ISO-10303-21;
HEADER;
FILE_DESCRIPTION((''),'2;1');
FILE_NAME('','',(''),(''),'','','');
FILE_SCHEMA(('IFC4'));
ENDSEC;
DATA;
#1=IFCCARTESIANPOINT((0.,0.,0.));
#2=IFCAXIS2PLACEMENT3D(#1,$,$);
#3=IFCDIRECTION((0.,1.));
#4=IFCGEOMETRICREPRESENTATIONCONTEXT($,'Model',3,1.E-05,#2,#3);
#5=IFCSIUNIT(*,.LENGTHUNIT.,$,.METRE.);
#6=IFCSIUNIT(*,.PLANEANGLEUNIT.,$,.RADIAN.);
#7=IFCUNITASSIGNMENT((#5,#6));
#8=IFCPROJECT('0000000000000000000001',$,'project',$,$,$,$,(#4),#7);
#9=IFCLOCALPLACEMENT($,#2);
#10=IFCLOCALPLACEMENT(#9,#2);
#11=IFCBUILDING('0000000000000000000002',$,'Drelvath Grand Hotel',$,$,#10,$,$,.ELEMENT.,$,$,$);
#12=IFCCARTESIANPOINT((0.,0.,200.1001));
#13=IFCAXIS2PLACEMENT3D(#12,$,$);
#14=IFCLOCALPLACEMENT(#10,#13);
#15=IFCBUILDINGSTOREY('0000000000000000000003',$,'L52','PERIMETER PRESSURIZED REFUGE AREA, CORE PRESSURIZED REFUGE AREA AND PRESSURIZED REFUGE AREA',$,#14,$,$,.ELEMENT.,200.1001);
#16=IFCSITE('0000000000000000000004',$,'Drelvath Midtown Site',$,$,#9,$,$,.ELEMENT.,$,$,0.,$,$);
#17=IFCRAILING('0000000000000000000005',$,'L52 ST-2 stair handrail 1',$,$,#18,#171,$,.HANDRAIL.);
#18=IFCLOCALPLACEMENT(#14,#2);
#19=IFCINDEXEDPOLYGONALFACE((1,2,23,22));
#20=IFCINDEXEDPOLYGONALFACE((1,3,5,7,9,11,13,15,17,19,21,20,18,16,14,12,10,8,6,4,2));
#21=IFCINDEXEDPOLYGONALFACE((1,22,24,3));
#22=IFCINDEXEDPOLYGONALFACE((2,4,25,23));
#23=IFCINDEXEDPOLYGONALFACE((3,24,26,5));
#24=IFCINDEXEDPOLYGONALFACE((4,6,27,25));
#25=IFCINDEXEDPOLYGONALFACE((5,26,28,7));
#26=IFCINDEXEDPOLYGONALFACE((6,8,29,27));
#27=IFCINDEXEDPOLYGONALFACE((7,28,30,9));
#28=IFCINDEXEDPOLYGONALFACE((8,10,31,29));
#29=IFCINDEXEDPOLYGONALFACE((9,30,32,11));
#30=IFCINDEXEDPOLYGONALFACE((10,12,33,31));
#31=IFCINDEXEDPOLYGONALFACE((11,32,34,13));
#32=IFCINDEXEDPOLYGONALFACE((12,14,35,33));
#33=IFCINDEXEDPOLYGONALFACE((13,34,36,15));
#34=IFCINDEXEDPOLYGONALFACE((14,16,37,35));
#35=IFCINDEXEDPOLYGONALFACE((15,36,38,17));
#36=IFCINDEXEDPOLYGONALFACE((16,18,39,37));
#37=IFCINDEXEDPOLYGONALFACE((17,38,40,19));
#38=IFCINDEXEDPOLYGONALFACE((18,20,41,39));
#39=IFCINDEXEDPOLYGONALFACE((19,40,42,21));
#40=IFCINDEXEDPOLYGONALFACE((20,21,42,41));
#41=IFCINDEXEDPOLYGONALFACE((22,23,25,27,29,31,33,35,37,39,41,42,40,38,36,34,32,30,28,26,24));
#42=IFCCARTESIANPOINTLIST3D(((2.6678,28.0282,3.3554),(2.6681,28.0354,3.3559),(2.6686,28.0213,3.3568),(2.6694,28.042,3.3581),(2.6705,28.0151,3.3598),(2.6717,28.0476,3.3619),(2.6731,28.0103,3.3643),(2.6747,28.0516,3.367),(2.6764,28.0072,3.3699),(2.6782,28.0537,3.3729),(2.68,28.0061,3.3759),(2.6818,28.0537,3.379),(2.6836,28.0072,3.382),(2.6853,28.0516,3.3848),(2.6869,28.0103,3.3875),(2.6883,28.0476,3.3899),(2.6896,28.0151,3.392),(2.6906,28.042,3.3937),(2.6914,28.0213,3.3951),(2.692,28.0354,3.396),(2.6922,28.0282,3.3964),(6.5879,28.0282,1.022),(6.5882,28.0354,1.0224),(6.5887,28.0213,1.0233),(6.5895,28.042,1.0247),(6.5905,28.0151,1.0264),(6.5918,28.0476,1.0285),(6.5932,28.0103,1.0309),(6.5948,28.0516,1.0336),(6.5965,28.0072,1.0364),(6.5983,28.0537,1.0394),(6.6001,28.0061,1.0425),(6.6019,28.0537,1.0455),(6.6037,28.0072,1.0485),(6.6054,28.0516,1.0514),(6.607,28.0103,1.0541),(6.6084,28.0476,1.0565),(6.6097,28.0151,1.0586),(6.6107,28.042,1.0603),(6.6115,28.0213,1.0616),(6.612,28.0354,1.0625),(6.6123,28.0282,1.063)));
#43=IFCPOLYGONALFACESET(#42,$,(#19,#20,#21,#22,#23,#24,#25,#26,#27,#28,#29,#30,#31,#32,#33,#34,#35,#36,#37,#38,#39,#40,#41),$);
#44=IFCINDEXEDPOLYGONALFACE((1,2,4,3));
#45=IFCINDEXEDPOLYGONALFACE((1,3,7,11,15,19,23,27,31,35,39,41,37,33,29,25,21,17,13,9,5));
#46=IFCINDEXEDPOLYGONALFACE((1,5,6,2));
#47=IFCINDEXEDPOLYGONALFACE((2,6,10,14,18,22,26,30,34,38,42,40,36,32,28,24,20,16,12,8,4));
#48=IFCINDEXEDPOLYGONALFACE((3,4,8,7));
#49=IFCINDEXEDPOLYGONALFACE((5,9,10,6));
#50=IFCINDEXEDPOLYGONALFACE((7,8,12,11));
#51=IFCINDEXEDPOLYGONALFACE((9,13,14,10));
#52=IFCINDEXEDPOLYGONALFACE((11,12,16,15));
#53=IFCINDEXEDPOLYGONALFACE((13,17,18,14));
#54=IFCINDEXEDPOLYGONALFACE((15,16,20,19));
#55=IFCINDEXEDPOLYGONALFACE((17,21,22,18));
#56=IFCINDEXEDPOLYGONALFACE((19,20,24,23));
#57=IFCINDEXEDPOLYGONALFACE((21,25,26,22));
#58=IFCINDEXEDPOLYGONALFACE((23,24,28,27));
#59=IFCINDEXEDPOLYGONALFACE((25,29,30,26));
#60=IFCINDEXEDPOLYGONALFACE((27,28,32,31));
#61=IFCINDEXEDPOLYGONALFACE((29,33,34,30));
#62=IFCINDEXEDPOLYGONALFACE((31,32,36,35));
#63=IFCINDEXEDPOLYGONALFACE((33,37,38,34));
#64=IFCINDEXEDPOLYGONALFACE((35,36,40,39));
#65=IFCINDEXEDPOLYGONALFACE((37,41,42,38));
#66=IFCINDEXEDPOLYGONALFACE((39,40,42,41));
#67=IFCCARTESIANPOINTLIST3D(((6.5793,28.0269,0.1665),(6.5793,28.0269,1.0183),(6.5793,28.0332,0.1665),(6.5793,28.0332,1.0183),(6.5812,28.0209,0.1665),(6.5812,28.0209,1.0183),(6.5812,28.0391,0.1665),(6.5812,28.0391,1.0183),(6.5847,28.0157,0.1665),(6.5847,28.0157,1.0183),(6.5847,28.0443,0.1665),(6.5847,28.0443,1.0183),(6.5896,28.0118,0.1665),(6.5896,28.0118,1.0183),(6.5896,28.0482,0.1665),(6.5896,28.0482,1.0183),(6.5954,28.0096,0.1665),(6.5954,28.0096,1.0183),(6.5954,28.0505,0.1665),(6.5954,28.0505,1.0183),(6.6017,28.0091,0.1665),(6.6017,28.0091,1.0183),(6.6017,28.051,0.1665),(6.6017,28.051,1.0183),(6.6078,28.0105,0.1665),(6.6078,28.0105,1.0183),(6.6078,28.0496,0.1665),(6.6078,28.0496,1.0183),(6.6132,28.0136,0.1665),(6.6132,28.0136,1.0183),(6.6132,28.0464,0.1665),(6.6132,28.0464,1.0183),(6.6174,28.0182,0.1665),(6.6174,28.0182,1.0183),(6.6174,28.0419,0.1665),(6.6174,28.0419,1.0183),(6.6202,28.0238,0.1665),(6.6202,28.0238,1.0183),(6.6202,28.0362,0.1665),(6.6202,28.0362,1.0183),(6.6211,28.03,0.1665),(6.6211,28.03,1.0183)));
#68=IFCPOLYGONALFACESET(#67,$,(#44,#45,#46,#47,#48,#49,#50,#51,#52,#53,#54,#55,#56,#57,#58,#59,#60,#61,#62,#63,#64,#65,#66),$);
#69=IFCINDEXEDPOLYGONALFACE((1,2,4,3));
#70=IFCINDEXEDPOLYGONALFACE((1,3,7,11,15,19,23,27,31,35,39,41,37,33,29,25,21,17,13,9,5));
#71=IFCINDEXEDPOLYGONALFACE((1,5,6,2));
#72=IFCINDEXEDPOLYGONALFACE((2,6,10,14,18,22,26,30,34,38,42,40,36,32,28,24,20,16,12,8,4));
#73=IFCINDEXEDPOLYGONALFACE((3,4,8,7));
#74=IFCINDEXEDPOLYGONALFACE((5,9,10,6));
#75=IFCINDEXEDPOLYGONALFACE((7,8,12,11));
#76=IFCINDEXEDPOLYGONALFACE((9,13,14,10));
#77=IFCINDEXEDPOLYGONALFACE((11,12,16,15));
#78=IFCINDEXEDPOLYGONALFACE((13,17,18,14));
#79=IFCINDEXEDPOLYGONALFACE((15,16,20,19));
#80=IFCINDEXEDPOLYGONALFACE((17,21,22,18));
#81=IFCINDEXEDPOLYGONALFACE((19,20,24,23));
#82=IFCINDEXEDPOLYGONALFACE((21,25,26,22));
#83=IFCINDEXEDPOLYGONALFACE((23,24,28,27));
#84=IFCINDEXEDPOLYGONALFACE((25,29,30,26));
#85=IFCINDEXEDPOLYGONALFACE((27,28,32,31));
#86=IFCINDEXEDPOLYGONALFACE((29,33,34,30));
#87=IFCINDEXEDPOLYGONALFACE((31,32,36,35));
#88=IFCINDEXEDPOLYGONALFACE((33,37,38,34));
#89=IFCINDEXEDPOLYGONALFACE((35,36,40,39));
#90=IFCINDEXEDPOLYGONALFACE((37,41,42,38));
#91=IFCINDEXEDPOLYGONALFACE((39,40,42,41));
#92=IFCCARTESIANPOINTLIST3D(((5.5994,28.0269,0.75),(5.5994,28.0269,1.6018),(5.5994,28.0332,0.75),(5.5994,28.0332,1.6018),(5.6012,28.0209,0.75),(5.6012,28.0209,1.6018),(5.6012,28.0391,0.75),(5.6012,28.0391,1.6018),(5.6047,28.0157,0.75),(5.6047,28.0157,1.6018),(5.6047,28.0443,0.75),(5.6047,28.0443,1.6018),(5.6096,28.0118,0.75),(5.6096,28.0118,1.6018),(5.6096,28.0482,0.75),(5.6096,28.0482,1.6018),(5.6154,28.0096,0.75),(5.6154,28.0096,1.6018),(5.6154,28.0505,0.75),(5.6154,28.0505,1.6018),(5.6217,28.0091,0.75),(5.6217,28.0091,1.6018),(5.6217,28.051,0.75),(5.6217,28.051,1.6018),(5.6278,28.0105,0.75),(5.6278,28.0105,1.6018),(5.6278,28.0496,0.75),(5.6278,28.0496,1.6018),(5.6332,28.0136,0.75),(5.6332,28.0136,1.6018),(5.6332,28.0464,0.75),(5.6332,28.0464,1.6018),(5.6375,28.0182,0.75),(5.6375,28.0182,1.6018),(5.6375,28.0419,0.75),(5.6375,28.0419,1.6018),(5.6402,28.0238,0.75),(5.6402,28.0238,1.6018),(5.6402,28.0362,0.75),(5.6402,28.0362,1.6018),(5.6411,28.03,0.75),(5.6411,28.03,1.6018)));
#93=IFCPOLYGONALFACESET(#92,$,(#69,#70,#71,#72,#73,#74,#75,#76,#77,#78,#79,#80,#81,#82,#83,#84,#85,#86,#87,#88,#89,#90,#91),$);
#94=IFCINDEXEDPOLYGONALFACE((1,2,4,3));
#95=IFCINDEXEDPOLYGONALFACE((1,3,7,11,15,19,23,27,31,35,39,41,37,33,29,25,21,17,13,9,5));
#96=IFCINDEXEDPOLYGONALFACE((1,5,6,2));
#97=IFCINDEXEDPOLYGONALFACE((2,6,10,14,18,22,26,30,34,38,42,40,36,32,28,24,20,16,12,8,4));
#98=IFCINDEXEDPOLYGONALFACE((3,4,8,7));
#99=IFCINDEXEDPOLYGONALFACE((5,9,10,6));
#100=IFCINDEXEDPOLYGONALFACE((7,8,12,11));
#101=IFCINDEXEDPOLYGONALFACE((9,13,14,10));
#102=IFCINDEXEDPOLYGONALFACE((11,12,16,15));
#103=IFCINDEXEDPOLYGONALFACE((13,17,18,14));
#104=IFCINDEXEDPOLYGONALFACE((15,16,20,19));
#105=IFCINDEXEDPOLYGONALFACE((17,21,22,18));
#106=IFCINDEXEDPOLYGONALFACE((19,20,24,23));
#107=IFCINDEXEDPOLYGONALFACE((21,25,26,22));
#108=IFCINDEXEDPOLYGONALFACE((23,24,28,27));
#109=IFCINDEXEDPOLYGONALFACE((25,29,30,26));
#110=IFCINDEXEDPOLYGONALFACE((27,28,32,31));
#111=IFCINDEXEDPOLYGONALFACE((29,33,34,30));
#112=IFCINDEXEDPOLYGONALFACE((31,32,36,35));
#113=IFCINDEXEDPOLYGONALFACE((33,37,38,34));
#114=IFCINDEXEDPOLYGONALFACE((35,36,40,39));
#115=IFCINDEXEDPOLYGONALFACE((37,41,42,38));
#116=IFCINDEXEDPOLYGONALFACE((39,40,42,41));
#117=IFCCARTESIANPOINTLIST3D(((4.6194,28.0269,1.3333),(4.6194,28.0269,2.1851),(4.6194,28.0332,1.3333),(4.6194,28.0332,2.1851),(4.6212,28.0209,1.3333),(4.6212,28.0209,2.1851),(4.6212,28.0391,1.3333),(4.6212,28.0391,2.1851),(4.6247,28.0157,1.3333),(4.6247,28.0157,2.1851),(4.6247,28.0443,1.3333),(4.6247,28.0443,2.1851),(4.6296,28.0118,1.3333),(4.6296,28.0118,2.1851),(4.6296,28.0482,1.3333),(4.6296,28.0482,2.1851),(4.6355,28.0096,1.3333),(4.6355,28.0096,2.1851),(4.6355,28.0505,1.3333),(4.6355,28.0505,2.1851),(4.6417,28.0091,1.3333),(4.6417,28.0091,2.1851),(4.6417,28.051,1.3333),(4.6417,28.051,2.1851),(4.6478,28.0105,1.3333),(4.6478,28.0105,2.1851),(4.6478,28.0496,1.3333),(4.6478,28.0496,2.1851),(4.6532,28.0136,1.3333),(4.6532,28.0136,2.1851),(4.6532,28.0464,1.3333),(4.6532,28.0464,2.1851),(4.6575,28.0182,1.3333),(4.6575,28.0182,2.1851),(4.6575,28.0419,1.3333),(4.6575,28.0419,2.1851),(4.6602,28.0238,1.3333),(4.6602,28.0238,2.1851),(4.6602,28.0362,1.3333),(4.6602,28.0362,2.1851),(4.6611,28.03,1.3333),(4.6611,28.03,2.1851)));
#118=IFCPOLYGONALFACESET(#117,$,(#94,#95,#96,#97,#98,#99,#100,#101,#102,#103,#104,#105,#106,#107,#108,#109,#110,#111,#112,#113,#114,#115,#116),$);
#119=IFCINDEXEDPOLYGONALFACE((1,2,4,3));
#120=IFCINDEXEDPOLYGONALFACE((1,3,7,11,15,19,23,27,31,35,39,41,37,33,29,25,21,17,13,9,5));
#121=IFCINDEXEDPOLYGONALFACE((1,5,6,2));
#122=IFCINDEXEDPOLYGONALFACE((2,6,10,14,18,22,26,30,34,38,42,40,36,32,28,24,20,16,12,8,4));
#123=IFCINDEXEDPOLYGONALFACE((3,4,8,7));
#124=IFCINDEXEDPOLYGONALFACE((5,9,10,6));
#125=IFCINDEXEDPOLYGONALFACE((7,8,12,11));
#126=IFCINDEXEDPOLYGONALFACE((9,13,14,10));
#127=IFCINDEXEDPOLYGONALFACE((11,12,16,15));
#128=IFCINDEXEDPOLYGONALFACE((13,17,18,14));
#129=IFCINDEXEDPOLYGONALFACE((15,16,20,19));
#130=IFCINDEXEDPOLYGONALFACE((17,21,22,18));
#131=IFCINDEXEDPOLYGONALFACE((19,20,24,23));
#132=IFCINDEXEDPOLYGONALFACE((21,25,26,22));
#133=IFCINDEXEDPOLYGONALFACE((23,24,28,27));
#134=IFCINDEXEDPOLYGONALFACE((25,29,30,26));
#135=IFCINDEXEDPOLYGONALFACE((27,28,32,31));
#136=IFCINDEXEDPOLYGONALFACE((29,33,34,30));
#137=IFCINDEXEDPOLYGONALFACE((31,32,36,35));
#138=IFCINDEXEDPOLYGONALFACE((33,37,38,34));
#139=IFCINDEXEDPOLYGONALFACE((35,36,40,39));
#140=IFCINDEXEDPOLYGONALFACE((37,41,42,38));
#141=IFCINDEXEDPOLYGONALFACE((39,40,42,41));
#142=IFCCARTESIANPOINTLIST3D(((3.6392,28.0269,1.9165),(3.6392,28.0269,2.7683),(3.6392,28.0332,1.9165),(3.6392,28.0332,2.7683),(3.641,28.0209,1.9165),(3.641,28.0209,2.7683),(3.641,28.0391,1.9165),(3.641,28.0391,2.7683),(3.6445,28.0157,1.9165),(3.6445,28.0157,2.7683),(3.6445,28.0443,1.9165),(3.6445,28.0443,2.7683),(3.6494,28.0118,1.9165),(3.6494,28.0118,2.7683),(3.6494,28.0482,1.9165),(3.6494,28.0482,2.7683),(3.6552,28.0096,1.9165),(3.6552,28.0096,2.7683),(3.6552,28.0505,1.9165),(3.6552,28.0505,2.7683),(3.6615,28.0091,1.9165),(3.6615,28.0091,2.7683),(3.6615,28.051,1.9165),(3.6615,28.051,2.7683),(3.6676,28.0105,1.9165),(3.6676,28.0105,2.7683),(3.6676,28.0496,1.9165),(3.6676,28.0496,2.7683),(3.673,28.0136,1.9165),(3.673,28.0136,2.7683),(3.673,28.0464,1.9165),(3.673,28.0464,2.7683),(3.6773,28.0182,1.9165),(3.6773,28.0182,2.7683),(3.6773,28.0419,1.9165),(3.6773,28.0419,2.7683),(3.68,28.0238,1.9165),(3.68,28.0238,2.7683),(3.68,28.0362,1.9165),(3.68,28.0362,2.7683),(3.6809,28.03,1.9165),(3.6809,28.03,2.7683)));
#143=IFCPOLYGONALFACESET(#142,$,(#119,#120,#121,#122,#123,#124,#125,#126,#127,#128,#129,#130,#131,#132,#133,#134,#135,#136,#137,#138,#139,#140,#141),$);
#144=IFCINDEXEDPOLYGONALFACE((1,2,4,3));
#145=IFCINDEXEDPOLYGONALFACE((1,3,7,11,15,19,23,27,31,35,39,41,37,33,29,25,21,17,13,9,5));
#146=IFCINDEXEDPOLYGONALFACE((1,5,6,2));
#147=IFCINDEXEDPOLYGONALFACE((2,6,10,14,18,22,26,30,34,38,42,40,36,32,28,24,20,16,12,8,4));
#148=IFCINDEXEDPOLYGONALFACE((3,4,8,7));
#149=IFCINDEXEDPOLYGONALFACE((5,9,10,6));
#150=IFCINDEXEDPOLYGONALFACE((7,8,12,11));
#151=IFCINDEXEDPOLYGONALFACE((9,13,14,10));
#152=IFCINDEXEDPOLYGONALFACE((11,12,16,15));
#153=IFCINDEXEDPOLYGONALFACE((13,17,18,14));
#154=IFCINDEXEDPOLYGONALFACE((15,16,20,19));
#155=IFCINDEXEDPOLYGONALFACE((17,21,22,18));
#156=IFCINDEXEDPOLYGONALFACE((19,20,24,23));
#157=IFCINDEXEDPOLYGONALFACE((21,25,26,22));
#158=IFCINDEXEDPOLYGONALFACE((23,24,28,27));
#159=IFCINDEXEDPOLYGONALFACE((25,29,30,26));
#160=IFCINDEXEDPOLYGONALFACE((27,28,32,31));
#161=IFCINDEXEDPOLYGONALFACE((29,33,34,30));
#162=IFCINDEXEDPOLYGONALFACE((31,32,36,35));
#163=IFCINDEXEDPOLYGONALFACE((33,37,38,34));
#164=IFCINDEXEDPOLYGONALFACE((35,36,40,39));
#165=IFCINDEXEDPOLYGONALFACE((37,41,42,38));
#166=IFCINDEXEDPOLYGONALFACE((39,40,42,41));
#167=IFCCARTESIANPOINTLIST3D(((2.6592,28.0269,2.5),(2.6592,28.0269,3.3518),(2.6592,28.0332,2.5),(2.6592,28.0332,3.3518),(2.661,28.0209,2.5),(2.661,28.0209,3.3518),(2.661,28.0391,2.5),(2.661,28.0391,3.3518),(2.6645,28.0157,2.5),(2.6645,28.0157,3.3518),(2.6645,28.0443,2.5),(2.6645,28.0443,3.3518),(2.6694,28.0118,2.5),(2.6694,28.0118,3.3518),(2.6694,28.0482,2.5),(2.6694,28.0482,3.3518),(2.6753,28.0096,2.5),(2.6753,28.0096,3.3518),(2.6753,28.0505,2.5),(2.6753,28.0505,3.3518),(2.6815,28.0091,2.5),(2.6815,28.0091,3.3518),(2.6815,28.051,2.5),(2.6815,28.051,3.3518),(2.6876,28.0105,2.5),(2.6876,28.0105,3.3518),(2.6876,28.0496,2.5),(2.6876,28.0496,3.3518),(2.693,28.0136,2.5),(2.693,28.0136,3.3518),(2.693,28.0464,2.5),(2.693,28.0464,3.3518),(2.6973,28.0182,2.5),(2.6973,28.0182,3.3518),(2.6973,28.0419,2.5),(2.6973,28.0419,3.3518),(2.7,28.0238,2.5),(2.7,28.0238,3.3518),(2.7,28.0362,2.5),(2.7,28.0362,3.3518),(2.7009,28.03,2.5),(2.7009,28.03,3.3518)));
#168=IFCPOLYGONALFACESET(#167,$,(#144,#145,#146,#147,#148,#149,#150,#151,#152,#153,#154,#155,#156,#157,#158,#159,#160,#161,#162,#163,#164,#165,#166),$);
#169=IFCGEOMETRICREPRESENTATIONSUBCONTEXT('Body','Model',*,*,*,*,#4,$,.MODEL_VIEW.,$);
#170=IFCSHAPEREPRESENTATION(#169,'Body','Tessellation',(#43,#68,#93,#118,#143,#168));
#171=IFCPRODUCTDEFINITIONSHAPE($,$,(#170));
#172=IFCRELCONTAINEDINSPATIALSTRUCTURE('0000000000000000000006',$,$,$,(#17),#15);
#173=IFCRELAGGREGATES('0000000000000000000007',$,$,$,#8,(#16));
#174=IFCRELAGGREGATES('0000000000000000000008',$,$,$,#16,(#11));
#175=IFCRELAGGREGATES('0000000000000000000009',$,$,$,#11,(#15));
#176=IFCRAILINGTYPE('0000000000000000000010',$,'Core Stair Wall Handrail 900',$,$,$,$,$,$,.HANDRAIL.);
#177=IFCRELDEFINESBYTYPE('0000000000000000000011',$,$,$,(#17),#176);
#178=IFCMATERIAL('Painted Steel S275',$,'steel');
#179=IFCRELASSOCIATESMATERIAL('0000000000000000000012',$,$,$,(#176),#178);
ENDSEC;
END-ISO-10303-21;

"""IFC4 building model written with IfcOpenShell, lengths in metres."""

from ifc_helpers import new_model, si_unit, direction, frame, origin, origin_2d, place, context, subcontext, project, spatial, circle, extrude, material, type_object, element, save


model = new_model("IFC4")

# Units and contexts
model_context = context("Model", 3, precision=1e-05, world=origin(), true_north=direction((0.0, 1.0)))
body_context = subcontext(model_context, "Body", "Model", "MODEL_VIEW")
ifc_project = project(units=[si_unit("LENGTHUNIT", "METRE"), si_unit("PLANEANGLEUNIT", "RADIAN")], contexts=[model_context])

# Site, building, storey
site_placement = place(None, origin())
site = spatial("IfcSite", under=ifc_project, at=site_placement, Name="Drelvath Midtown Site", CompositionType="ELEMENT", RefElevation=0.0)
building_placement = place(site_placement, origin())
building = spatial("IfcBuilding", under=site, at=building_placement, Name="Drelvath Grand Hotel", CompositionType="ELEMENT")
storey_placement = place(building_placement, frame((0.0, 0.0, 200.1001)))
storey = spatial("IfcBuildingStorey", under=building, at=storey_placement, Name="L52", Description="PERIMETER PRESSURIZED REFUGE AREA, CORE PRESSURIZED REFUGE AREA AND PRESSURIZED REFUGE AREA", CompositionType="ELEMENT", Elevation=200.1001)

# Shared definitions
ifc_material_1 = material(Name="Painted Steel S275", Category="steel")

# Railing
railing_type_1 = type_object("IfcRailingType", Name="Core Stair Wall Handrail 900", PredefinedType="HANDRAIL", material=ifc_material_1)
railing_1_placement = place(storey_placement, frame((6.6001, 28.03, 0.1665)))
element("IfcRailing", 1, at=railing_1_placement, inside=storey, type_object=railing_type_1, Name="L52 ST-2 stair handrail 1", PredefinedType="HANDRAIL", context=body_context, shape_type="SweptSolid", body=[
    extrude(circle(Radius=0.0239, at=origin_2d()), frame((0.0, 0.0, 0.876), z_axis=(-0.859287, 0.0, 0.511494), x_axis=(0.0, -1.0, 0.0)), (0.0, 0.0, 1.0), 4.562),
    extrude(circle(Radius=0.021, at=origin_2d()), origin(), (0.0, 0.0, 1.0), 0.8518),
    extrude(circle(Radius=0.021, at=origin_2d()), frame((-0.98, 0.0, 0.5835)), (0.0, 0.0, 1.0), 0.8518),
    extrude(circle(Radius=0.021, at=origin_2d()), frame((-1.96, 0.0, 1.1667)), (0.0, 0.0, 1.0), 0.8518),
    extrude(circle(Radius=0.021, at=origin_2d()), frame((-2.9402, 0.0, 1.75)), (0.0, 0.0, 1.0), 0.8518),
    extrude(circle(Radius=0.021, at=origin_2d()), frame((-3.9202, 0.0, 2.3335)), (0.0, 0.0, 1.0), 0.8518),
])

save(model, "model.ifc")
